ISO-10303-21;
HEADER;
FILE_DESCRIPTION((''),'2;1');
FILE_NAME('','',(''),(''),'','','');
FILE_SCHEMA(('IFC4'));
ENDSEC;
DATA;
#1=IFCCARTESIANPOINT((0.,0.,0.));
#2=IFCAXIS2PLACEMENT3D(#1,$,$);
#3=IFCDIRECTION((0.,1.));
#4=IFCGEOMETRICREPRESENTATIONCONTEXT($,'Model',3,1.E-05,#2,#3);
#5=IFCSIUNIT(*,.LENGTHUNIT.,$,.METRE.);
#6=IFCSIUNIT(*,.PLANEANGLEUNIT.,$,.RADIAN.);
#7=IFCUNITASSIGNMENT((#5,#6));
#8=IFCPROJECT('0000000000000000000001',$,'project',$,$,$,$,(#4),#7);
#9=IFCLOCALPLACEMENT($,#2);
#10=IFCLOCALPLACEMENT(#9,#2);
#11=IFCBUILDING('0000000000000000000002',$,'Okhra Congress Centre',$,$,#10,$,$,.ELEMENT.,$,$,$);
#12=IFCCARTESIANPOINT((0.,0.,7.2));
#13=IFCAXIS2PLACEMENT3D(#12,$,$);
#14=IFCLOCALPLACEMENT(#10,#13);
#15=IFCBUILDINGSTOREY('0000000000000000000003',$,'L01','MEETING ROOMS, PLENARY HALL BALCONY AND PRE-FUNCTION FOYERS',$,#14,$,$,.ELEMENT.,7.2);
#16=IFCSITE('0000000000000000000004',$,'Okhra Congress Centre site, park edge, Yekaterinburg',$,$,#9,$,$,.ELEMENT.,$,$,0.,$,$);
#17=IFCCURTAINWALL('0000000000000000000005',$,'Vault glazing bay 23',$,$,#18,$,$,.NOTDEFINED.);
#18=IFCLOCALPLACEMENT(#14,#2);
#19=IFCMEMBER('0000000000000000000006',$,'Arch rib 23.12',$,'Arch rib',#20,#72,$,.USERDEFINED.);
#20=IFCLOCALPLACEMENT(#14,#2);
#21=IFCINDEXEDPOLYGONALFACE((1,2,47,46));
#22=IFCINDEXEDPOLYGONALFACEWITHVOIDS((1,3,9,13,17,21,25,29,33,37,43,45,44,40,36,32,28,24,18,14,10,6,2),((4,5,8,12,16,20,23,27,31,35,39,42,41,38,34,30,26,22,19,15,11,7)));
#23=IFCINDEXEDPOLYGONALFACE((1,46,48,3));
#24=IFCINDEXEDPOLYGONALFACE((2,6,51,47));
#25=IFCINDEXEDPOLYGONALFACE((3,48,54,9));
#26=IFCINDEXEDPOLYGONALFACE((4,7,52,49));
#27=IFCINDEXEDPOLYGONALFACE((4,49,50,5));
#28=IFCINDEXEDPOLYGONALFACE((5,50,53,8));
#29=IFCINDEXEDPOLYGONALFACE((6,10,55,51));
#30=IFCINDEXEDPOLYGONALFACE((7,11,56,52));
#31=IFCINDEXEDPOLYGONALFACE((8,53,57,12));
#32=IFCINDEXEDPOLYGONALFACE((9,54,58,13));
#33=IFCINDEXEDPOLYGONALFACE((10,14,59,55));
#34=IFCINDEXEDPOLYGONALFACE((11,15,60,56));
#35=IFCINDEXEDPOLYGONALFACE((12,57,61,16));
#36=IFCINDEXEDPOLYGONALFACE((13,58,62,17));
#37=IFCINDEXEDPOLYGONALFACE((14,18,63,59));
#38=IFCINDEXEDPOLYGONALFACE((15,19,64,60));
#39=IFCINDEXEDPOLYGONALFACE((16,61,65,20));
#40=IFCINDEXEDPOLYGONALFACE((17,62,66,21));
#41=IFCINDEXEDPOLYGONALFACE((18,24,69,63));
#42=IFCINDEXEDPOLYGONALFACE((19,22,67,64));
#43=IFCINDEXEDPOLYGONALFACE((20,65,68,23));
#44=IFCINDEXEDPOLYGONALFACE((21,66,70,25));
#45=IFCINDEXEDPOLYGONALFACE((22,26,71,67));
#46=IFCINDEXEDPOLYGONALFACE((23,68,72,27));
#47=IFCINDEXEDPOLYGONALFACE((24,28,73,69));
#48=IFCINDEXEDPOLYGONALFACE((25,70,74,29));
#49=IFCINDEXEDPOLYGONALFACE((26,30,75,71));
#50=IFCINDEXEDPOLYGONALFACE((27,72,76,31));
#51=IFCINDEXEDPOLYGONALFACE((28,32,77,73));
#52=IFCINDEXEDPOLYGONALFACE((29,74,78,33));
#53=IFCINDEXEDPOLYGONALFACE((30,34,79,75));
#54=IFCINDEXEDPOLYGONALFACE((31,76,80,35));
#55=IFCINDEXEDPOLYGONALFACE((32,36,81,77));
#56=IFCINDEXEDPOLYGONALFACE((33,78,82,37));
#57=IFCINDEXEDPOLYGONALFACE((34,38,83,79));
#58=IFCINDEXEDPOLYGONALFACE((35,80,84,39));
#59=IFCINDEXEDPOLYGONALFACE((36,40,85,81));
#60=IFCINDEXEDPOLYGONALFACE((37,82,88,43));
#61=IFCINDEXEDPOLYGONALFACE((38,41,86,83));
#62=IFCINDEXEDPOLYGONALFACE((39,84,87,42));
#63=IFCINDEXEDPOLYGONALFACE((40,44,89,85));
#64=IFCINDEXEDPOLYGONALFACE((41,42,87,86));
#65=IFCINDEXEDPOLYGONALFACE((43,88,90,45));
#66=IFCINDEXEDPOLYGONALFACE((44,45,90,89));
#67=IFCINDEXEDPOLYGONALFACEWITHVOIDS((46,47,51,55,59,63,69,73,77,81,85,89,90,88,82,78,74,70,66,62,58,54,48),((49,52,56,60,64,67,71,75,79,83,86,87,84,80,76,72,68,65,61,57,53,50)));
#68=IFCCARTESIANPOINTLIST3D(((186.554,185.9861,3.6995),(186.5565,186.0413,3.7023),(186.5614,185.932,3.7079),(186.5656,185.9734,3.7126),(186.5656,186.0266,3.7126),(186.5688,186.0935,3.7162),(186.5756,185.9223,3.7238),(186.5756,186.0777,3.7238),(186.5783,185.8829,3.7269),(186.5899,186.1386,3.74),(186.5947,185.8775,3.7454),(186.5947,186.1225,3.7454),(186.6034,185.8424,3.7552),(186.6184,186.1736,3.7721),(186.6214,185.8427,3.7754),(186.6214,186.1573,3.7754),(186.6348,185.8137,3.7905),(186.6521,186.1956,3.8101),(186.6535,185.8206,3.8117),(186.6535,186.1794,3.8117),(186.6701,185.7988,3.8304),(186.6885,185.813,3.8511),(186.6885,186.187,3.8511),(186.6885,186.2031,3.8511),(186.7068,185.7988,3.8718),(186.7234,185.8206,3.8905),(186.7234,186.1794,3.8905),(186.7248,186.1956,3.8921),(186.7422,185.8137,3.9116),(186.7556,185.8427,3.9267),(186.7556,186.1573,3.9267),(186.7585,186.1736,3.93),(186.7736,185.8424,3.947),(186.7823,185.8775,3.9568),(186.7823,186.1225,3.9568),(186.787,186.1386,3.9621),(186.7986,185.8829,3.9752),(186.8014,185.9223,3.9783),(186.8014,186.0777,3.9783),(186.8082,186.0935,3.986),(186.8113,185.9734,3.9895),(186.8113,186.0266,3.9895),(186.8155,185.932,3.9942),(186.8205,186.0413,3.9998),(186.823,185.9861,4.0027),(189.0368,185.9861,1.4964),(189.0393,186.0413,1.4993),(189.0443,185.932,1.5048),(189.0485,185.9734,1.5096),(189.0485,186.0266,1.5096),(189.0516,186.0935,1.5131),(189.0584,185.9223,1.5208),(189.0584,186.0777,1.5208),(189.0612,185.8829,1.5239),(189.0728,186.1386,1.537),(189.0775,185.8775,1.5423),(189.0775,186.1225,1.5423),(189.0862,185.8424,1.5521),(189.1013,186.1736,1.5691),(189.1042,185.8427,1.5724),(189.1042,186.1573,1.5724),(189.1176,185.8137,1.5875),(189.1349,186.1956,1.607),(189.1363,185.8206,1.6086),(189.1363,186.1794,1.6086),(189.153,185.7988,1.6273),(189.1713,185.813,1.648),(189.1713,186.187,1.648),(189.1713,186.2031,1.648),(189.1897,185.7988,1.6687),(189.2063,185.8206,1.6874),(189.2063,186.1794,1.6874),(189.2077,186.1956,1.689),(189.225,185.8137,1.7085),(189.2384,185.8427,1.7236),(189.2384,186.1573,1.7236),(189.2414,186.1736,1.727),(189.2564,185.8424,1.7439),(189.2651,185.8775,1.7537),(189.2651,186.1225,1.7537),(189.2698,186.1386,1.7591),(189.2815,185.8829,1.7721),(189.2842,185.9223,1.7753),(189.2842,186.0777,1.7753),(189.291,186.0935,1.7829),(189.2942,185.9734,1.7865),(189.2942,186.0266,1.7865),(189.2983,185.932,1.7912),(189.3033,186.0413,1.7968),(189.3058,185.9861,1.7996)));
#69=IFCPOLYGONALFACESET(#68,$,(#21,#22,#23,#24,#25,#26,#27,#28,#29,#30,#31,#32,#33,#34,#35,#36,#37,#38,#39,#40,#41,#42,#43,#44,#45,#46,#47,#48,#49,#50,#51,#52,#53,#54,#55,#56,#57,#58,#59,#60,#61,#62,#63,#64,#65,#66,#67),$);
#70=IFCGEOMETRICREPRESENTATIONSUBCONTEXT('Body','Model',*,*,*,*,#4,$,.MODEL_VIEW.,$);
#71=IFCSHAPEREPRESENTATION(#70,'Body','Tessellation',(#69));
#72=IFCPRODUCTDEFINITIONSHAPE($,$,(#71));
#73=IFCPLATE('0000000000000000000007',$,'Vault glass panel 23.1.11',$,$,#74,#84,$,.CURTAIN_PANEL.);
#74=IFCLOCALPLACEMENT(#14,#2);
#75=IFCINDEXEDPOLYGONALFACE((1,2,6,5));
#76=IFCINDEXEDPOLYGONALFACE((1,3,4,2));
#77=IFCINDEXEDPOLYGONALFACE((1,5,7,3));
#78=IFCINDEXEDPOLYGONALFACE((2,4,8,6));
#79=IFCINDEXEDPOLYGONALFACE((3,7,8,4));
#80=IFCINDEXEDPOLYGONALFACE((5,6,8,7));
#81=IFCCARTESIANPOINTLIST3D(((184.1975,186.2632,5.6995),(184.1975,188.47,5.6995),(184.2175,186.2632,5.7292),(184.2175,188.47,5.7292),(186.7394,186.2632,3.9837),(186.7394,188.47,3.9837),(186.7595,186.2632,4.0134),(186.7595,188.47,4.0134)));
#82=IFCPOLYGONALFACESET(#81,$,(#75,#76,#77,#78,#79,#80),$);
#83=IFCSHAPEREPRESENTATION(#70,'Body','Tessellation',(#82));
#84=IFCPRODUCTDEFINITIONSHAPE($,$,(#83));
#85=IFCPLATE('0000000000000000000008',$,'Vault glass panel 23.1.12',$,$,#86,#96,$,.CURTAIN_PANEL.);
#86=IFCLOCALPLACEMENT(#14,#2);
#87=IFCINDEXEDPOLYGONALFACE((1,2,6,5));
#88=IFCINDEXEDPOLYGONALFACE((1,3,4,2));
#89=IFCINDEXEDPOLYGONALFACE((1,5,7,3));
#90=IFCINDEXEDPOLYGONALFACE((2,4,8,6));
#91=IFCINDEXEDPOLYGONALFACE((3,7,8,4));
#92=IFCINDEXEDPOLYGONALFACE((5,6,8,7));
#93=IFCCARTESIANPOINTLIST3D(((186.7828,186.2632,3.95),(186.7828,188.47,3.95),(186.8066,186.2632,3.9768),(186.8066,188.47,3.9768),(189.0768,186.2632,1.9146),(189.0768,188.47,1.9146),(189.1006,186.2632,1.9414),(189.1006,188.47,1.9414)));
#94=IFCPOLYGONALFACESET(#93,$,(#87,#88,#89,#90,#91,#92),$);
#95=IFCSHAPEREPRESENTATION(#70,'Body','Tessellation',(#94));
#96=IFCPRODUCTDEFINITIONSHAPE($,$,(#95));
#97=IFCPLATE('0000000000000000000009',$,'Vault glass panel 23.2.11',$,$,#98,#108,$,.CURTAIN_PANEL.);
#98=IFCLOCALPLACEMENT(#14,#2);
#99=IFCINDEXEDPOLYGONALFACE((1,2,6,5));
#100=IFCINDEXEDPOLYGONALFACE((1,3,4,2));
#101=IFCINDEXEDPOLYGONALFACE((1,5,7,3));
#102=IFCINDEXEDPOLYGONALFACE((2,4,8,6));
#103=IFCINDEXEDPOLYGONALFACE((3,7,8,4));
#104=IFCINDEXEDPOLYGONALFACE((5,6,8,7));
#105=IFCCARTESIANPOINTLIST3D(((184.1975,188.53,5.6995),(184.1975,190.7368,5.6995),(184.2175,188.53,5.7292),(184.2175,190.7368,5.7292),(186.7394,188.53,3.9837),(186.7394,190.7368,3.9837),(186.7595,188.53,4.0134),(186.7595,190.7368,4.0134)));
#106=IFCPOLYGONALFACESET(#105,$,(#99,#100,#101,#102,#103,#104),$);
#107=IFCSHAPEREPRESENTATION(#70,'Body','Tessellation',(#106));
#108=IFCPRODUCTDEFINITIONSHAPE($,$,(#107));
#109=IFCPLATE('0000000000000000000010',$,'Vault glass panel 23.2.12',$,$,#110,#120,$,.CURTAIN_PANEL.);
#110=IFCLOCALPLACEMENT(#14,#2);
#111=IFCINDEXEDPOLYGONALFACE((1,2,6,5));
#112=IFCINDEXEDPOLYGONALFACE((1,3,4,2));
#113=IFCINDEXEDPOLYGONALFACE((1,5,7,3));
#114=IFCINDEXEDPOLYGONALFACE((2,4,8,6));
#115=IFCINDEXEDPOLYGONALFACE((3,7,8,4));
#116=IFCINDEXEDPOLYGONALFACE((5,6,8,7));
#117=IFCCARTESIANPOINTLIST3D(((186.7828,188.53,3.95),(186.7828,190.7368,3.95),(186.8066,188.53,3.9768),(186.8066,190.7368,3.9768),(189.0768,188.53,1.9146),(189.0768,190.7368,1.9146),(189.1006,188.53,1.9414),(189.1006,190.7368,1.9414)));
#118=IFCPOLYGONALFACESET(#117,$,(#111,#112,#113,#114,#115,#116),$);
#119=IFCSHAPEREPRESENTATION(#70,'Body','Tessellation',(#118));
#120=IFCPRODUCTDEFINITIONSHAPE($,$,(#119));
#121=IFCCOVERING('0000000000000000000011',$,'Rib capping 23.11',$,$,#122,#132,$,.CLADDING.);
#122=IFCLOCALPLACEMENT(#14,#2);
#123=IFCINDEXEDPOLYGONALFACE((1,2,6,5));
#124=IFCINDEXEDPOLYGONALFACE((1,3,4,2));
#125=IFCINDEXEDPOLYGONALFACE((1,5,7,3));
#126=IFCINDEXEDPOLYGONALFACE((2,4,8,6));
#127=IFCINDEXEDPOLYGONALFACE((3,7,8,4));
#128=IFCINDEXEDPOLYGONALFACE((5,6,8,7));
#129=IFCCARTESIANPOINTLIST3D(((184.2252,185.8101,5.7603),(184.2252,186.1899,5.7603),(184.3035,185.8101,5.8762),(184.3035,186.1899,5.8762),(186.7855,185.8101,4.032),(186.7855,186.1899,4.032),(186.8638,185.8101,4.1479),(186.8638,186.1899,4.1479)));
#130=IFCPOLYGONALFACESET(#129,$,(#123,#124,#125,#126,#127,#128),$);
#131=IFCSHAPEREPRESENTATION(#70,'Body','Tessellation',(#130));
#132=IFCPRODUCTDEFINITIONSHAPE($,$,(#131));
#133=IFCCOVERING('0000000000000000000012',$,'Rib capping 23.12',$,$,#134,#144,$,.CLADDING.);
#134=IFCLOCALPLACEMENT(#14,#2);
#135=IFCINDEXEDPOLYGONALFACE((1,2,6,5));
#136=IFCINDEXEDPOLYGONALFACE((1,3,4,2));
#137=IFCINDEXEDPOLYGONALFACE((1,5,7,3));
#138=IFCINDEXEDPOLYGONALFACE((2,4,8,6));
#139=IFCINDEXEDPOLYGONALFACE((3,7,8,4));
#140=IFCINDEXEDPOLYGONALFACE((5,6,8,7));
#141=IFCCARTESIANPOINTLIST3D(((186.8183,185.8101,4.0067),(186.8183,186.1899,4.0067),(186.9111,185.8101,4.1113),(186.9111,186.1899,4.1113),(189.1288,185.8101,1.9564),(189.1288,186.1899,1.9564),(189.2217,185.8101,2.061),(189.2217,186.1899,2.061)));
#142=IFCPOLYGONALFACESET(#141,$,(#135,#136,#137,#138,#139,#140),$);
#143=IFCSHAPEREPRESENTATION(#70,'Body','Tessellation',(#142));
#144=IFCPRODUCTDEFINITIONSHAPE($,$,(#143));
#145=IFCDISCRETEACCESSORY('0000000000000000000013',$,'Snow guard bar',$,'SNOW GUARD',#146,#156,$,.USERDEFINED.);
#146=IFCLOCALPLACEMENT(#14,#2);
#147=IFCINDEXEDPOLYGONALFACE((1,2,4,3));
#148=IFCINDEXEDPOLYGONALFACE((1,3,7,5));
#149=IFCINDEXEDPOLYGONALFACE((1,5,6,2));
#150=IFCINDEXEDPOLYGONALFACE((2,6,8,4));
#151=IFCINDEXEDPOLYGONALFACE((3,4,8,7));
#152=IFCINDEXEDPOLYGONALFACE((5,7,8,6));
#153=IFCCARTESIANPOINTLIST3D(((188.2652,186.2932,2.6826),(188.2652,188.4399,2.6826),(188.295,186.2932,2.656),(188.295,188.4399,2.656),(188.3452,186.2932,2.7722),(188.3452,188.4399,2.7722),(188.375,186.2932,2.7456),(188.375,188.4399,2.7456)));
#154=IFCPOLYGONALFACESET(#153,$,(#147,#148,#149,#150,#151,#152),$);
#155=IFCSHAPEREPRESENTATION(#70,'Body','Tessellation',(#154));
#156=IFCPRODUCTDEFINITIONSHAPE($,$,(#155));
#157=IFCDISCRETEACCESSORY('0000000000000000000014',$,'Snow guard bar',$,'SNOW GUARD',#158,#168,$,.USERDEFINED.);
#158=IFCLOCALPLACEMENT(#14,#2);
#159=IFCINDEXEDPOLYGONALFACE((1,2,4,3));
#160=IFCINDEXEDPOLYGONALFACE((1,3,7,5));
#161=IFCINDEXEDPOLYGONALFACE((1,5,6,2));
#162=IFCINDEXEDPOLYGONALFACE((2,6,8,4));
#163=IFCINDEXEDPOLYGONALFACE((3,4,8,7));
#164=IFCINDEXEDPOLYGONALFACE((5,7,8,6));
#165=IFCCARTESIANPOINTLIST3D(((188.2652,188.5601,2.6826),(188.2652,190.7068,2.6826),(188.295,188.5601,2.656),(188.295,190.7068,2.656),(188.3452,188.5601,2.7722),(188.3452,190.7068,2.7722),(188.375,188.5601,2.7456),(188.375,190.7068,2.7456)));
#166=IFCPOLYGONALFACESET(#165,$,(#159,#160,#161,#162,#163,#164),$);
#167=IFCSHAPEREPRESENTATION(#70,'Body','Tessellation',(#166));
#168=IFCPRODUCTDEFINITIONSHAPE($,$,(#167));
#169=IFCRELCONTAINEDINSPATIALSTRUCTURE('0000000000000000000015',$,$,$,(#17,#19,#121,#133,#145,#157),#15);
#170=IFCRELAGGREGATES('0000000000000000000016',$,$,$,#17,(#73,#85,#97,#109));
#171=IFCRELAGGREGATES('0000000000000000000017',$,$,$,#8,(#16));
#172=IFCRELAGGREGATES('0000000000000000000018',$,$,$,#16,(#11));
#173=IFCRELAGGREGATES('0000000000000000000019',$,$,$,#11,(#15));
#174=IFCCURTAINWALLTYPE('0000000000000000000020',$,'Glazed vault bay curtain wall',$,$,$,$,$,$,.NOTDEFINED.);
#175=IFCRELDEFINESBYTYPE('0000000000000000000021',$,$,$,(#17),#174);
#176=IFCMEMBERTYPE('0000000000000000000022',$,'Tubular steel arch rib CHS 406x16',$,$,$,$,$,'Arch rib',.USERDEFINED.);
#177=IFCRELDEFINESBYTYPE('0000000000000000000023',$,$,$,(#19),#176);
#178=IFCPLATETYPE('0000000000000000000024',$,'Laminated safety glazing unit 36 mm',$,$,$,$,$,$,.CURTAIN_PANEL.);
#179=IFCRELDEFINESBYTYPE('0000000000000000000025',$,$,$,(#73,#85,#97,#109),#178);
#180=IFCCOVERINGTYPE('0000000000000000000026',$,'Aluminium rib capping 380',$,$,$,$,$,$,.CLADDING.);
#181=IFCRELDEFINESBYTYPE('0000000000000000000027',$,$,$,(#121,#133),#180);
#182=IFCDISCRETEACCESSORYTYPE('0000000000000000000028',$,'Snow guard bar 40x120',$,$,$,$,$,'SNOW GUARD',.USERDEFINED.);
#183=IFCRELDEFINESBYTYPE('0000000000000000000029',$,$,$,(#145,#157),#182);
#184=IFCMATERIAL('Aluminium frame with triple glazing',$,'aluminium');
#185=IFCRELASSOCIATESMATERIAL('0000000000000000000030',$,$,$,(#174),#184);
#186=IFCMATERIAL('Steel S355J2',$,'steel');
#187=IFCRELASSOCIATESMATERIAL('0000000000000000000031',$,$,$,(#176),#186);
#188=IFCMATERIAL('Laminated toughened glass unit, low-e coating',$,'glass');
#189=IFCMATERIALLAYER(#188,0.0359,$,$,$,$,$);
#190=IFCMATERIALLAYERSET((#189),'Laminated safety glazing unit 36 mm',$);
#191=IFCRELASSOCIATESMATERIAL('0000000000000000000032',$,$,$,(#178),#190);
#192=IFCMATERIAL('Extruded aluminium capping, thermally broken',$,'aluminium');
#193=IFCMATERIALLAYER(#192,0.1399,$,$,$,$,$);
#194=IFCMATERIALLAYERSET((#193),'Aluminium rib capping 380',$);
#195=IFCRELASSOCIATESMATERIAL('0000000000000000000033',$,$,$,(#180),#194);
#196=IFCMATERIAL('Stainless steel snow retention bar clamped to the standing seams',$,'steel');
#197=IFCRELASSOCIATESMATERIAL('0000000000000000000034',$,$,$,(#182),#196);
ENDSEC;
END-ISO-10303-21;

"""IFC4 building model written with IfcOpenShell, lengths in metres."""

from ifc_helpers import new_model, si_unit, direction, frame, origin, origin_2d, place, context, subcontext, project, spatial, polyline, hollow_circle, outline, extrude, material, layer, layer_set, material_profile, profile_set, type_object, element, aggregate, save


model = new_model("IFC4")

# Units and contexts
model_context = context("Model", 3, precision=1e-05, world=origin(), true_north=direction((0.0, 1.0)))
body_context = subcontext(model_context, "Body", "Model", "MODEL_VIEW")
ifc_project = project(units=[si_unit("LENGTHUNIT", "METRE"), si_unit("PLANEANGLEUNIT", "RADIAN")], contexts=[model_context])

# Site, building, storey
site_placement = place(None, origin())
site = spatial("IfcSite", under=ifc_project, at=site_placement, Name="Okhra Congress Centre site, park edge, Yekaterinburg", CompositionType="ELEMENT", RefElevation=0.0)
building_placement = place(site_placement, origin())
building = spatial("IfcBuilding", under=site, at=building_placement, Name="Okhra Congress Centre", CompositionType="ELEMENT")
storey_placement = place(building_placement, frame((0.0, 0.0, 7.2)))
storey = spatial("IfcBuildingStorey", under=building, at=storey_placement, Name="L01", Description="MEETING ROOMS, PLENARY HALL BALCONY AND PRE-FUNCTION FOYERS", CompositionType="ELEMENT", Elevation=7.2)

# Shared definitions
ifc_material_1 = material(Name="Aluminium frame with triple glazing", Category="aluminium")
curtain_wall_type = type_object("IfcCurtainWallType", Name="Glazed vault bay curtain wall", PredefinedType="NOTDEFINED", material=ifc_material_1)

# Curtain wall
curtain_wall_1_placement = place(storey_placement, origin())
curtain_wall_1 = element("IfcCurtainWall", 1, at=curtain_wall_1_placement, inside=storey, type_object=curtain_wall_type, Name="Vault glazing bay 23", PredefinedType="NOTDEFINED")

# Member
ifc_material_2 = material(Name="Steel S355J2", Category="steel")
ifc_material_profile_1 = material_profile(ifc_material_2, hollow_circle(Radius=0.2031, WallThickness=0.0161, at=origin_2d()), Name="CHS 406.4x16")
ifc_profile_set_1 = profile_set([ifc_material_profile_1], Name="Steel S355J2")
member_type_1 = type_object("IfcMemberType", Name="Tubular steel arch rib CHS 406x16", ElementType="Arch rib", PredefinedType="USERDEFINED", material=ifc_profile_set_1)
member_1_placement = place(storey_placement, frame((186.6885, 186.0, 3.8511), z_axis=(0.747993, 0.0, -0.663706), x_axis=(0.0, 1.0, 0.0)))
element("IfcMember", 2, at=member_1_placement, inside=storey, type_object=member_type_1, Name="Arch rib 23.12", ObjectType="Arch rib", PredefinedType="USERDEFINED", context=body_context, shape_type="SweptSolid", body=[
    extrude(hollow_circle(Radius=0.2031, WallThickness=0.0161, at=origin_2d()), origin(), (0.0, 0.0, 1.0), 3.3193),
])

# Plates
ifc_material_3 = material(Name="Laminated toughened glass unit, low-e coating", Category="glass")
ifc_layer_1 = layer(ifc_material_3, 0.0359)
ifc_layer_set_1 = layer_set([ifc_layer_1], Name="Laminated safety glazing unit 36 mm")
plate_type = type_object("IfcPlateType", Name="Laminated safety glazing unit 36 mm", PredefinedType="CURTAIN_PANEL", material=ifc_layer_set_1)
plate_1_placement = place(storey_placement, frame((184.2175, 186.2632, 5.7292), z_axis=(0.559467, 0.0, 0.828852), x_axis=(0.828852, 0.0, -0.559467)))
plate_1 = element("IfcPlate", 3, at=plate_1_placement, type_object=plate_type, Name="Vault glass panel 23.1.11", PredefinedType="CURTAIN_PANEL", context=body_context, shape_type="SweptSolid", body=[
    extrude(outline(polyline([(0.0, 0.0), (3.0669, 0.0), (3.0669, 2.2068), (0.0, 2.2068), (0.0, 0.0)])), origin(), (0.0, 0.0, -1.0), 0.0359),
])
plate_2_placement = place(storey_placement, frame((186.8066, 186.2632, 3.9768), z_axis=(0.663697, 0.0, 0.748002), x_axis=(0.748002, 0.0, -0.663697)))
plate_2 = element("IfcPlate", 4, at=plate_2_placement, type_object=plate_type, Name="Vault glass panel 23.1.12", PredefinedType="CURTAIN_PANEL", context=body_context, shape_type="SweptSolid", body=[
    extrude(outline(polyline([(0.0, 0.0), (3.0668, 0.0), (3.0668, 2.2068), (0.0, 2.2068), (0.0, 0.0)])), origin(), (0.0, 0.0, -1.0), 0.0359),
])
plate_3_placement = place(storey_placement, frame((184.2175, 188.53, 5.7292), z_axis=(0.559467, 0.0, 0.828852), x_axis=(0.828852, 0.0, -0.559467)))
plate_3 = element("IfcPlate", 5, at=plate_3_placement, type_object=plate_type, Name="Vault glass panel 23.2.11", PredefinedType="CURTAIN_PANEL", context=body_context, shape_type="SweptSolid", body=[
    extrude(outline(polyline([(0.0, 0.0), (3.0669, 0.0), (3.0669, 2.2068), (0.0, 2.2068), (0.0, 0.0)])), origin(), (0.0, 0.0, -1.0), 0.0359),
])
plate_4_placement = place(storey_placement, frame((186.8066, 188.53, 3.9768), z_axis=(0.663697, 0.0, 0.748002), x_axis=(0.748002, 0.0, -0.663697)))
plate_4 = element("IfcPlate", 6, at=plate_4_placement, type_object=plate_type, Name="Vault glass panel 23.2.12", PredefinedType="CURTAIN_PANEL", context=body_context, shape_type="SweptSolid", body=[
    extrude(outline(polyline([(0.0, 0.0), (3.0668, 0.0), (3.0668, 2.2068), (0.0, 2.2068), (0.0, 0.0)])), origin(), (0.0, 0.0, -1.0), 0.0359),
])
aggregate(curtain_wall_1, [plate_1, plate_2, plate_3, plate_4])

# Coverings
ifc_material_4 = material(Name="Extruded aluminium capping, thermally broken", Category="aluminium")
ifc_layer_2 = layer(ifc_material_4, 0.1399)
ifc_layer_set_2 = layer_set([ifc_layer_2], Name="Aluminium rib capping 380")
covering_type = type_object("IfcCoveringType", Name="Aluminium rib capping 380", PredefinedType="CLADDING", material=ifc_layer_set_2)
covering_1_placement = place(storey_placement, frame((184.3035, 185.8101, 5.8762), z_axis=(0.559488, 0.0, 0.828839), x_axis=(0.828839, 0.0, -0.559488)))
element("IfcCovering", 7, at=covering_1_placement, inside=storey, type_object=covering_type, Name="Rib capping 23.11", PredefinedType="CLADDING", context=body_context, shape_type="SweptSolid", body=[
    extrude(outline(polyline([(0.0, 0.0), (3.089, 0.0), (3.089, 0.3799), (0.0, 0.3799), (0.0, 0.0)])), origin(), (0.0, 0.0, -1.0), 0.1399),
])
covering_2_placement = place(storey_placement, frame((186.9111, 185.8101, 4.1113), z_axis=(0.663726, 0.0, 0.747976), x_axis=(0.747976, 0.0, -0.663726)))
element("IfcCovering", 8, at=covering_2_placement, inside=storey, type_object=covering_type, Name="Rib capping 23.12", PredefinedType="CLADDING", context=body_context, shape_type="SweptSolid", body=[
    extrude(outline(polyline([(0.0, 0.0), (3.0891, 0.0), (3.0891, 0.3799), (0.0, 0.3799), (0.0, 0.0)])), origin(), (0.0, 0.0, -1.0), 0.1399),
])

# Discrete accessories
ifc_material_5 = material(Name="Stainless steel snow retention bar clamped to the standing seams", Category="steel")
discrete_accessory_type = type_object("IfcDiscreteAccessoryType", Name="Snow guard bar 40x120", ElementType="SNOW GUARD", PredefinedType="USERDEFINED", material=ifc_material_5)
for number, where, z_axis, x_axis, name in (
    (9, (188.3452, 186.2932, 2.7722), (0.666259, 0.0, 0.745721), (0.745721, 0.0, -0.666259), "Snow guard bar"),
    (10, (188.3452, 188.5601, 2.7722), (0.666259, 0.0, 0.745721), (0.745721, 0.0, -0.666259), "Snow guard bar"),
):
    element("IfcDiscreteAccessory", number, at=place(storey_placement, frame(where, z_axis=z_axis, x_axis=x_axis)), inside=storey, type_object=discrete_accessory_type, Name=name, ObjectType="SNOW GUARD", PredefinedType="USERDEFINED", context=body_context, shape_type="SweptSolid", body=[
        extrude(outline(polyline([(0.0, 0.0), (0.0399, 0.0), (0.0399, 2.1467), (0.0, 2.1467), (0.0, 0.0)])), origin(), (0.0, 0.0, -1.0), 0.1201),
    ])

save(model, "model.ifc")
